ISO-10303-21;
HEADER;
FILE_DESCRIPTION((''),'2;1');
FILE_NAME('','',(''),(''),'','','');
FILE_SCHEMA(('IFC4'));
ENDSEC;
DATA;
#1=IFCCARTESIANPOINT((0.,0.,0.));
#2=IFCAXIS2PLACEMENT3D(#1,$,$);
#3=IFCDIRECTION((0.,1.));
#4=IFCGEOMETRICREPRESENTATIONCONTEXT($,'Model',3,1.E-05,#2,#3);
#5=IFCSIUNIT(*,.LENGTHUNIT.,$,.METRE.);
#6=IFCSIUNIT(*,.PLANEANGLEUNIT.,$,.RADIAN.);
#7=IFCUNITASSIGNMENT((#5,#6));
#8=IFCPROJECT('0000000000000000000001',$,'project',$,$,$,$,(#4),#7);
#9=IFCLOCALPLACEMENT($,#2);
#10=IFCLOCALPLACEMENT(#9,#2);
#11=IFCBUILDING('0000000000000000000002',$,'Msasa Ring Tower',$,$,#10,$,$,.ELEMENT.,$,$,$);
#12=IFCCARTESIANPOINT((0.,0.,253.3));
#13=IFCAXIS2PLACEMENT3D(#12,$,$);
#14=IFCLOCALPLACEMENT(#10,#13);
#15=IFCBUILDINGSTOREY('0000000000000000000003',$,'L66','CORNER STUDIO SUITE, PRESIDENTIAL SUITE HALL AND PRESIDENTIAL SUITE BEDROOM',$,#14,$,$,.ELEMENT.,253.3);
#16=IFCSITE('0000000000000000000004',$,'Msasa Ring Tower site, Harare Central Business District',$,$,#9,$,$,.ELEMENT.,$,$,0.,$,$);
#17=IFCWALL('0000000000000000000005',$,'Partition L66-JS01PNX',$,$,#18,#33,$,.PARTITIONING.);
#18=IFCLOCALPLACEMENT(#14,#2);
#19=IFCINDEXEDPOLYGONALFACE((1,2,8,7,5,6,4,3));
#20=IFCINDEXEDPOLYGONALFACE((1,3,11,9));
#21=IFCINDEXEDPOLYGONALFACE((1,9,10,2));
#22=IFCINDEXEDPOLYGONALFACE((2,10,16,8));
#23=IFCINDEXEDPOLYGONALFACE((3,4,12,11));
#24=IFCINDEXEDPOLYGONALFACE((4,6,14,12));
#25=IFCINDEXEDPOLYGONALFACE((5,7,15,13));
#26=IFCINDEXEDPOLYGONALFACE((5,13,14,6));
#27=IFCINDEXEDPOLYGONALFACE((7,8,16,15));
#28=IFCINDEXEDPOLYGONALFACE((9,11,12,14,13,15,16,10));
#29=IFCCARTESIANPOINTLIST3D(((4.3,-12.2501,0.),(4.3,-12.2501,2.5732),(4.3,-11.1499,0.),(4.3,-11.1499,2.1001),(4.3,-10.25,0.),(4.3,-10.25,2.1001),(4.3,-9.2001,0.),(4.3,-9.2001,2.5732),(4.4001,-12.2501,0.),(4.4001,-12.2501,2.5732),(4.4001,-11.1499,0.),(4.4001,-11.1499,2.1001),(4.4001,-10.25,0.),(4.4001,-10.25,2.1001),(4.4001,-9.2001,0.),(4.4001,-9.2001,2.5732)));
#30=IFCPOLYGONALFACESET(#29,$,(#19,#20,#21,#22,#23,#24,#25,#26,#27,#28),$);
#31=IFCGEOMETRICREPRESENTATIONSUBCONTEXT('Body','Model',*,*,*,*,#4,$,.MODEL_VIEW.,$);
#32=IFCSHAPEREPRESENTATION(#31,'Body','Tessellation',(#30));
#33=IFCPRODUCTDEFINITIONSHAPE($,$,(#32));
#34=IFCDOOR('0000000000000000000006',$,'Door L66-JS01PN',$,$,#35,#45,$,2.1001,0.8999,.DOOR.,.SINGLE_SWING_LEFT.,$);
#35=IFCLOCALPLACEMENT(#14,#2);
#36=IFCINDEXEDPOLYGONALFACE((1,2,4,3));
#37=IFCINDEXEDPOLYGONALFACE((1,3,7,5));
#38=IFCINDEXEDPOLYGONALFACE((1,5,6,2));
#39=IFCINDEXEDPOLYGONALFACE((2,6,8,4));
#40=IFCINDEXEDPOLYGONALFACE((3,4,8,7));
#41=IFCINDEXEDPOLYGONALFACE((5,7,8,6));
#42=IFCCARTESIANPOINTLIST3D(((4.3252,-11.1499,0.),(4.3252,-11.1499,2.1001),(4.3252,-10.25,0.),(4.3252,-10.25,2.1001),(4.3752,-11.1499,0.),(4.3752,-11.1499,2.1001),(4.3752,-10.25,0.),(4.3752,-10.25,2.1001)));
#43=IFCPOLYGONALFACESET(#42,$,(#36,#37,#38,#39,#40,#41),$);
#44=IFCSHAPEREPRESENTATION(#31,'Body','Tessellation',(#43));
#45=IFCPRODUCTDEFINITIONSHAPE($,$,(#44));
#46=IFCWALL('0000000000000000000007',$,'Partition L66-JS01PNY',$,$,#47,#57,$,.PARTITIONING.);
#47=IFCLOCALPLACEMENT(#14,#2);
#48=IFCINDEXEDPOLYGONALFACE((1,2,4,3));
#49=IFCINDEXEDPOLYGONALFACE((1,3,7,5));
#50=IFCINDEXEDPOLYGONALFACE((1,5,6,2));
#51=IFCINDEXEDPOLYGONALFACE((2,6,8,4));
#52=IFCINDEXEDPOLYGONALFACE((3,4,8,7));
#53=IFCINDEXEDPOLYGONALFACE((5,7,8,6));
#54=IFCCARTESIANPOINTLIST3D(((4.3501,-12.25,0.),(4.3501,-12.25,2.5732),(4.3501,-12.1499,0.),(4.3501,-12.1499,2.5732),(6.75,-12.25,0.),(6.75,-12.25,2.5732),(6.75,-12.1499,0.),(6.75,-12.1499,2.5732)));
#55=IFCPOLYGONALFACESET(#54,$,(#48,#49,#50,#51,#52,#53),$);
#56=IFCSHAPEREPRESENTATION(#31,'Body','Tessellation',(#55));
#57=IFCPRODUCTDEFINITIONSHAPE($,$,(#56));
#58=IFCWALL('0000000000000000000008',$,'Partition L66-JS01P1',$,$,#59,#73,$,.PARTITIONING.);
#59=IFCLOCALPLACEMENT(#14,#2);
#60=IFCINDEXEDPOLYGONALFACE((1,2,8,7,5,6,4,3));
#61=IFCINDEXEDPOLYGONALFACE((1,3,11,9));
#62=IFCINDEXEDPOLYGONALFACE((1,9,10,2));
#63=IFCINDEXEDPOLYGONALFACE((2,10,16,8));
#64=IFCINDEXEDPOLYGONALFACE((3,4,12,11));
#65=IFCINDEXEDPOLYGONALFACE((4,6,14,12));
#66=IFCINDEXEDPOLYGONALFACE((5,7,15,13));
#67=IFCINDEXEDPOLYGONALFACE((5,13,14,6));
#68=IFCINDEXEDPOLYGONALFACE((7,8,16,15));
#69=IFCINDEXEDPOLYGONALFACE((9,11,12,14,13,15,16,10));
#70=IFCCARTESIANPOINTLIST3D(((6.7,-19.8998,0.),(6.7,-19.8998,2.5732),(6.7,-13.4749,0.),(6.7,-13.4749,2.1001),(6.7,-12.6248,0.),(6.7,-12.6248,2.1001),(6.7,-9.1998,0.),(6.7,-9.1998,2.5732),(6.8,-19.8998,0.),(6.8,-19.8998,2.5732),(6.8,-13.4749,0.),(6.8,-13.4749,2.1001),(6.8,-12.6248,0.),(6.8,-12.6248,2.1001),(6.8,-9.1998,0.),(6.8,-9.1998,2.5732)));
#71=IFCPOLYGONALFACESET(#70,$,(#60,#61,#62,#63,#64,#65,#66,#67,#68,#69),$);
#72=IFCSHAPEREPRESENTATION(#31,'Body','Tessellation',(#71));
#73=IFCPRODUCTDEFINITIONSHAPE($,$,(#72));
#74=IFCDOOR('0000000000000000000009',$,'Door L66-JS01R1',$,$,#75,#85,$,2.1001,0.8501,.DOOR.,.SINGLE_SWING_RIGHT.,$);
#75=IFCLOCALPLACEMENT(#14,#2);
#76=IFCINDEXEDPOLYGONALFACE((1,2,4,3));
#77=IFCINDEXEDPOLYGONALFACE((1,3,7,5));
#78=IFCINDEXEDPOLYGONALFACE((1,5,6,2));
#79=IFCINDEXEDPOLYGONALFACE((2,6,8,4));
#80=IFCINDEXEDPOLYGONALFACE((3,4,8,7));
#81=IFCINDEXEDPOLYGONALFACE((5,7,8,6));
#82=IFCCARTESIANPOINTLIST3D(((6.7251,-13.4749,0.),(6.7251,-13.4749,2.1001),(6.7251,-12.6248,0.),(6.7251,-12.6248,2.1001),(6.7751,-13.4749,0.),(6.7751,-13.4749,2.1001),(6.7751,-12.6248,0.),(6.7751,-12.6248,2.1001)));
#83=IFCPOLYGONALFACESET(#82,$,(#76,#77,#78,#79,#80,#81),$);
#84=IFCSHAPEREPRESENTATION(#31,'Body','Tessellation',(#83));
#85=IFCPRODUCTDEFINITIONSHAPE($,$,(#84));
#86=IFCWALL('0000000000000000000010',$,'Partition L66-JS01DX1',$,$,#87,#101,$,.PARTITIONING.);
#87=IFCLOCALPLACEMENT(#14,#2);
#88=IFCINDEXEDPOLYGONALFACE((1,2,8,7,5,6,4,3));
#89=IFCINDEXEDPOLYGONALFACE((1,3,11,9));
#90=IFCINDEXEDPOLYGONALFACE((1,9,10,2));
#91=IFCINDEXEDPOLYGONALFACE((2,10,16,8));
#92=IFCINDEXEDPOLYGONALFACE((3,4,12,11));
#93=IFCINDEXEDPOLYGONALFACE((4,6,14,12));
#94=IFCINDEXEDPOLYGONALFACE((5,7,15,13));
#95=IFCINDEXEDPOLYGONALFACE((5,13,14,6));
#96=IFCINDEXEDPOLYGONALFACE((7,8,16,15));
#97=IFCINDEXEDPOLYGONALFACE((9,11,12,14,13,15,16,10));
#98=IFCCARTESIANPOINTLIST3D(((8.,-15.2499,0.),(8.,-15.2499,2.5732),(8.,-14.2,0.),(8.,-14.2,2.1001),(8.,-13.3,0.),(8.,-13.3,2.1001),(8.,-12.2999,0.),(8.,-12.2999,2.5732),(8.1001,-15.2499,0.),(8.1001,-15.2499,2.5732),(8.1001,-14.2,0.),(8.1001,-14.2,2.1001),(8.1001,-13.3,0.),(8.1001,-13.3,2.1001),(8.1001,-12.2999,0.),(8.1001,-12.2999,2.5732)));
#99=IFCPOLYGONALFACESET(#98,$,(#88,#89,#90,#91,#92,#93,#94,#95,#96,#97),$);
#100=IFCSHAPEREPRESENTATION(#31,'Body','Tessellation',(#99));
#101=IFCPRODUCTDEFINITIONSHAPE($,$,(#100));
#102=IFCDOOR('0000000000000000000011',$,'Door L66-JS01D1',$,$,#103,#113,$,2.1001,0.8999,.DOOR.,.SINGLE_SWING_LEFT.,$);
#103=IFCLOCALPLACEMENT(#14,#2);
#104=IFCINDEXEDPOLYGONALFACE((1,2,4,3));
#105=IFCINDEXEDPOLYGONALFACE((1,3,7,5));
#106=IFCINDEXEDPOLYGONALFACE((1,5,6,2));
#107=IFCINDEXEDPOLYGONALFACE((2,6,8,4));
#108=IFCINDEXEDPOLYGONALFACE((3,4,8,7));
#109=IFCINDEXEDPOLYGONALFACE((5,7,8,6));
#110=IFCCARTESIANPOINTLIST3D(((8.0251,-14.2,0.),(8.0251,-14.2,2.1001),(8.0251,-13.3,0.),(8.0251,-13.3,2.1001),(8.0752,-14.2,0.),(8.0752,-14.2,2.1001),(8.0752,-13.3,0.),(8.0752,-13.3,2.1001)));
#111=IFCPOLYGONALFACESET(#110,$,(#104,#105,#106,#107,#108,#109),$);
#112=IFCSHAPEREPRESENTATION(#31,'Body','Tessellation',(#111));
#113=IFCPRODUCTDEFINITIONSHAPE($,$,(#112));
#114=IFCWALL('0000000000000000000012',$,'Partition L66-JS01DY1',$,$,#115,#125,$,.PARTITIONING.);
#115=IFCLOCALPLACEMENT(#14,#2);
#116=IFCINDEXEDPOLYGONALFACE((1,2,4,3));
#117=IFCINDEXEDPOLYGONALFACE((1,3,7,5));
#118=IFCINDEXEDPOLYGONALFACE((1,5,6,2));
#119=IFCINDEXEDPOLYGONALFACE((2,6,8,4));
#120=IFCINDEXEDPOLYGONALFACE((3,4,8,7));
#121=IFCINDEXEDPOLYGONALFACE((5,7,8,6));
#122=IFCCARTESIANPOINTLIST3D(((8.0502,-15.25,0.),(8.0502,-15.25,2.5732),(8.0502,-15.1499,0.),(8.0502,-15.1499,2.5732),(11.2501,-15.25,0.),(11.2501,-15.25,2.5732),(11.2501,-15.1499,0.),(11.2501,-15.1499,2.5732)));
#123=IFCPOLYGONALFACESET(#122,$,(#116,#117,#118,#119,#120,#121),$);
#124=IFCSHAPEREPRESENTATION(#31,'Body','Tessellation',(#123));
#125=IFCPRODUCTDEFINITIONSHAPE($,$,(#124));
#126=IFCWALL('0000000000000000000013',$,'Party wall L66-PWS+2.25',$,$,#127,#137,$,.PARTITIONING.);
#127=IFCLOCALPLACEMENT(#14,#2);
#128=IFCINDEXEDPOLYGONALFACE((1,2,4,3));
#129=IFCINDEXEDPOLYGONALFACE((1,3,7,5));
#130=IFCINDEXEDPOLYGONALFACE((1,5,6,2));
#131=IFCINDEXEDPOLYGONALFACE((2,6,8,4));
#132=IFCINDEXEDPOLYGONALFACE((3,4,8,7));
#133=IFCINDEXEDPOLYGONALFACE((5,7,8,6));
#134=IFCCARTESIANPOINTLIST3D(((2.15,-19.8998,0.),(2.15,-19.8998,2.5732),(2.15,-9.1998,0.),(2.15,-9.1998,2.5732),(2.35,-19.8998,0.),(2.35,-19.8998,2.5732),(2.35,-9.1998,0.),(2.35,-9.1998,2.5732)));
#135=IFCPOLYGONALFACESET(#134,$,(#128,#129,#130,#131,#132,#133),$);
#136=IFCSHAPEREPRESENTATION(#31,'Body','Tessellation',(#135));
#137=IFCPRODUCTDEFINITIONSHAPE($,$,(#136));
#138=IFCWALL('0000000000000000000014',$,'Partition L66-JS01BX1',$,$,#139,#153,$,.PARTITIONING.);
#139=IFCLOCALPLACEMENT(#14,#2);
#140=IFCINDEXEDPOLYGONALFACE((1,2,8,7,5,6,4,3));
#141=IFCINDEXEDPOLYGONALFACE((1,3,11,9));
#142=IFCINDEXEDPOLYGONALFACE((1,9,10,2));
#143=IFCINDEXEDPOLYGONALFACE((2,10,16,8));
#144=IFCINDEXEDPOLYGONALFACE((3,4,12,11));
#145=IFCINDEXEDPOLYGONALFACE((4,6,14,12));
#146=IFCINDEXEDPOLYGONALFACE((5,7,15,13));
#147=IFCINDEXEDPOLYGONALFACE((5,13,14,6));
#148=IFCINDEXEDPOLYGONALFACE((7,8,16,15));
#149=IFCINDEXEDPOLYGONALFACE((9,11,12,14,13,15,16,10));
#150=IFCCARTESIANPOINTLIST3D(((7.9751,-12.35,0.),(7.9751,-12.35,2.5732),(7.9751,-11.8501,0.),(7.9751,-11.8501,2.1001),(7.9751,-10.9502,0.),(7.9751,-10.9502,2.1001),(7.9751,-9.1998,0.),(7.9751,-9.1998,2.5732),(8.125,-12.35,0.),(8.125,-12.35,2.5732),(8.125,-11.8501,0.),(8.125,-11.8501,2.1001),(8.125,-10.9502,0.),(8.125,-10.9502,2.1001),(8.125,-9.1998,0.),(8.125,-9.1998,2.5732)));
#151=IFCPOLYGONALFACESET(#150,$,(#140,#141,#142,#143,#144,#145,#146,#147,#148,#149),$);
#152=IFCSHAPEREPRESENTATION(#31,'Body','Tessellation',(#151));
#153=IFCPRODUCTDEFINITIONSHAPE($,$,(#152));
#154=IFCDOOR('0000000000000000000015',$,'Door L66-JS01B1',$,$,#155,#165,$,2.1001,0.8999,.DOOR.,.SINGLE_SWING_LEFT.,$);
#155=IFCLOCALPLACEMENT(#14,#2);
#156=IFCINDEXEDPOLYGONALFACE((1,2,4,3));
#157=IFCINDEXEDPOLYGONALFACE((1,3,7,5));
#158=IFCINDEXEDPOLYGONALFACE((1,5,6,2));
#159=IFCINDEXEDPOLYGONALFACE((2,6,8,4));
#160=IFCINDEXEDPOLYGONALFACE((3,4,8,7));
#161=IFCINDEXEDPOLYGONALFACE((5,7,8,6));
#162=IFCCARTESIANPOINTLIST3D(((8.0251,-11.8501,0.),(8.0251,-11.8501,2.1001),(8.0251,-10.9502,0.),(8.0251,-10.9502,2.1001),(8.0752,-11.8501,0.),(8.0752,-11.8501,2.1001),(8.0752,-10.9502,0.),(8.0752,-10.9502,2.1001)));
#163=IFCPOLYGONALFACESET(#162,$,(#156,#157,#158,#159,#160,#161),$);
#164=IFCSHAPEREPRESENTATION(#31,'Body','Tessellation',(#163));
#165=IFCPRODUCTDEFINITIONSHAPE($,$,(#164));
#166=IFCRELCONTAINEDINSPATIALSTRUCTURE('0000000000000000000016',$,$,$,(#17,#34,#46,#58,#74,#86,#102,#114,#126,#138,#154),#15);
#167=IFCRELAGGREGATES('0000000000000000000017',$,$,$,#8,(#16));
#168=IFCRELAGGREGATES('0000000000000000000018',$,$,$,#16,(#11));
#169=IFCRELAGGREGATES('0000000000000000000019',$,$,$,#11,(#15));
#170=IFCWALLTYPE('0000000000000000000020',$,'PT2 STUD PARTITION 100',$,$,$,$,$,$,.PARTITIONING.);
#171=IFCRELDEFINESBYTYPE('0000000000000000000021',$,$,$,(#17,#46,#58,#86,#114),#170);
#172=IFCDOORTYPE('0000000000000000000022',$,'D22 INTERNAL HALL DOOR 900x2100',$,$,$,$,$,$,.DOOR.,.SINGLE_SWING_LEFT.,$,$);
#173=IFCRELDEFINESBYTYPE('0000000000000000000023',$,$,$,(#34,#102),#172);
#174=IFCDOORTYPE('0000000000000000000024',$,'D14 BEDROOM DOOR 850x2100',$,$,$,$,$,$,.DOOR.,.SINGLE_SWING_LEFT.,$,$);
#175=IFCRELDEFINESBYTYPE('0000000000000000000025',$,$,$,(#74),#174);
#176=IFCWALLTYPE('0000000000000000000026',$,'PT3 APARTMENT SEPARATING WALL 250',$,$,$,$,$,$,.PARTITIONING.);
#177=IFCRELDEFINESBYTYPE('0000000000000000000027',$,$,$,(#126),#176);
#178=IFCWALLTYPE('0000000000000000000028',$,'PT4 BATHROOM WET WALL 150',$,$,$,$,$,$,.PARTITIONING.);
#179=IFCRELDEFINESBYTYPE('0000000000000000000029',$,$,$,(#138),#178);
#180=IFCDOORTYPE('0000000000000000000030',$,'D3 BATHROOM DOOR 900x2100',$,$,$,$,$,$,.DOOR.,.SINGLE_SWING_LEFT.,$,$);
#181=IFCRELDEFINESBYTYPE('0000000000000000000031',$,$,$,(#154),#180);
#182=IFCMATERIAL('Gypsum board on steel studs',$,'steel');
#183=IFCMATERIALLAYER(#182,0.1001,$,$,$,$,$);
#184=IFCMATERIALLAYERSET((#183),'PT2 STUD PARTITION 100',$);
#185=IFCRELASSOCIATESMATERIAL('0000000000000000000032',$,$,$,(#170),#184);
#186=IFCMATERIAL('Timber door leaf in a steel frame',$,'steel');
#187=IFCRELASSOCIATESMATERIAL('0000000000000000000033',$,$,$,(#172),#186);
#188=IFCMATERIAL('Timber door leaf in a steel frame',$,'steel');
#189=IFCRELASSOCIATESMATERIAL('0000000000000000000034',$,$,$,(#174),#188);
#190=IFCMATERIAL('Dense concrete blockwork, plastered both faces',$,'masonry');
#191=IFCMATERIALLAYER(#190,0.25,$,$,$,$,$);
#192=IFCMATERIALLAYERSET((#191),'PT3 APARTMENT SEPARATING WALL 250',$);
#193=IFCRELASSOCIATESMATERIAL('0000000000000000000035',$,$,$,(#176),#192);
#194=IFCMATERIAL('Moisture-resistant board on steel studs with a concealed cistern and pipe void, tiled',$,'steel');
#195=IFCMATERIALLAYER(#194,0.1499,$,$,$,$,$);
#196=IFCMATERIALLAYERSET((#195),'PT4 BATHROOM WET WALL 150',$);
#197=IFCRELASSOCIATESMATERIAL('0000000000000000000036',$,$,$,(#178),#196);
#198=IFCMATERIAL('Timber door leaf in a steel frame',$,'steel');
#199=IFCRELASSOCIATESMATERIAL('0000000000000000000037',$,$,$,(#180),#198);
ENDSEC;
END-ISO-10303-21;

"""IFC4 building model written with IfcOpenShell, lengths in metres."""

from ifc_helpers import new_model, si_unit, direction, frame, frame_2d, origin, place, context, subcontext, project, spatial, rectangle, extrude, material, layer, layer_set, type_object, element, fill, save


model = new_model("IFC4")

# Units and contexts
model_context = context("Model", 3, precision=1e-05, world=origin(), true_north=direction((0.0, 1.0)))
body_context = subcontext(model_context, "Body", "Model", "MODEL_VIEW")
ifc_project = project(units=[si_unit("LENGTHUNIT", "METRE"), si_unit("PLANEANGLEUNIT", "RADIAN")], contexts=[model_context])

# Site, building, storey
site_placement = place(None, origin())
site = spatial("IfcSite", under=ifc_project, at=site_placement, Name="Msasa Ring Tower site, Harare Central Business District", CompositionType="ELEMENT", RefElevation=0.0)
building_placement = place(site_placement, origin())
building = spatial("IfcBuilding", under=site, at=building_placement, Name="Msasa Ring Tower", CompositionType="ELEMENT")
storey_placement = place(building_placement, frame((0.0, 0.0, 253.3)))
storey = spatial("IfcBuildingStorey", under=building, at=storey_placement, Name="L66", Description="CORNER STUDIO SUITE, PRESIDENTIAL SUITE HALL AND PRESIDENTIAL SUITE BEDROOM", CompositionType="ELEMENT", Elevation=253.3)

# Wall, opening, door
ifc_material_1 = material(Name="Gypsum board on steel studs", Category="steel")
ifc_layer_1 = layer(ifc_material_1, 0.1001)
ifc_layer_set_1 = layer_set([ifc_layer_1], Name="PT2 STUD PARTITION 100")
wall_type_1 = type_object("IfcWallType", Name="PT2 STUD PARTITION 100", PredefinedType="PARTITIONING", material=ifc_layer_set_1)
wall_1_placement = place(storey_placement, frame((4.3501, -12.25, 0.0), z_axis=(0.0, 0.0, 1.0), x_axis=(0.0, 1.0, 0.0)))
wall_1 = element("IfcWall", 1, at=wall_1_placement, inside=storey, type_object=wall_type_1, Name="Partition L66-JS01PNX", PredefinedType="PARTITIONING", context=body_context, shape_type="SweptSolid", body=[
    extrude(rectangle(XDim=3.05, YDim=0.1001, at=frame_2d((1.5249, 0.0))), origin(), (0.0, 0.0, 1.0), 2.5732),
])
opening_1_placement = place(wall_1_placement, frame((1.1001, 0.0, 0.0)))
opening_1 = element("IfcOpeningElement", 2, at=opening_1_placement, cuts=wall_1, PredefinedType="OPENING", context=body_context, shape_type="SweptSolid", body=[
    extrude(rectangle(XDim=0.8999, YDim=2.1001, at=frame_2d((0.45, 1.05))), frame((0.0, 0.0601, 0.0), z_axis=(0.0, -1.0, 0.0), x_axis=(1.0, 0.0, 0.0)), (0.0, 0.0, 1.0), 0.1201),
])
ifc_material_2 = material(Name="Timber door leaf in a steel frame", Category="steel")
door_type_1 = type_object("IfcDoorType", Name="D22 INTERNAL HALL DOOR 900x2100", OperationType="SINGLE_SWING_LEFT", PredefinedType="DOOR", material=ifc_material_2)
door_1_placement = place(opening_1_placement, origin())
door_1 = element("IfcDoor", 3, at=door_1_placement, inside=storey, type_object=door_type_1, Name="Door L66-JS01PN", OperationType="SINGLE_SWING_LEFT", OverallHeight=2.1001, OverallWidth=0.8999, PredefinedType="DOOR", context=body_context, shape_type="SweptSolid", body=[
    extrude(rectangle(XDim=0.8999, YDim=2.1001, at=frame_2d((0.45, 1.05))), frame((0.0, 0.0249, 0.0), z_axis=(0.0, -1.0, 0.0), x_axis=(1.0, 0.0, 0.0)), (0.0, 0.0, 1.0), 0.05),
])
fill(opening_1, door_1)

# Wall
wall_2_placement = place(storey_placement, frame((4.3501, -12.2, 0.0), z_axis=(0.0, 0.0, 1.0), x_axis=(1.0, 0.0, 0.0)))
element("IfcWall", 4, at=wall_2_placement, inside=storey, type_object=wall_type_1, Name="Partition L66-JS01PNY", PredefinedType="PARTITIONING", context=body_context, shape_type="SweptSolid", body=[
    extrude(rectangle(XDim=2.3999, YDim=0.1001, at=frame_2d((1.2, 0.0))), origin(), (0.0, 0.0, 1.0), 2.5732),
])

# Walls, openings, doors
wall_3_placement = place(storey_placement, frame((6.75, -19.8999, 0.0), z_axis=(0.0, 0.0, 1.0), x_axis=(0.0, 1.0, 0.0)))
wall_3 = element("IfcWall", 5, at=wall_3_placement, inside=storey, type_object=wall_type_1, Name="Partition L66-JS01P1", PredefinedType="PARTITIONING", context=body_context, shape_type="SweptSolid", body=[
    extrude(rectangle(XDim=10.7, YDim=0.1001, at=frame_2d((5.3501, 0.0))), origin(), (0.0, 0.0, 1.0), 2.5732),
])
opening_2_placement = place(wall_3_placement, frame((6.425, 0.0, 0.0)))
opening_2 = element("IfcOpeningElement", 6, at=opening_2_placement, cuts=wall_3, PredefinedType="OPENING", context=body_context, shape_type="SweptSolid", body=[
    extrude(rectangle(XDim=0.8501, YDim=2.1001, at=frame_2d((0.425, 1.05))), frame((0.0, 0.0601, 0.0), z_axis=(0.0, -1.0, 0.0), x_axis=(1.0, 0.0, 0.0)), (0.0, 0.0, 1.0), 0.1201),
])
ifc_material_3 = material(Name="Timber door leaf in a steel frame", Category="steel")
door_type_2 = type_object("IfcDoorType", Name="D14 BEDROOM DOOR 850x2100", OperationType="SINGLE_SWING_LEFT", PredefinedType="DOOR", material=ifc_material_3)
door_2_placement = place(opening_2_placement, origin())
door_2 = element("IfcDoor", 7, at=door_2_placement, inside=storey, type_object=door_type_2, Name="Door L66-JS01R1", OperationType="SINGLE_SWING_RIGHT", OverallHeight=2.1001, OverallWidth=0.8501, PredefinedType="DOOR", context=body_context, shape_type="SweptSolid", body=[
    extrude(rectangle(XDim=0.8501, YDim=2.1001, at=frame_2d((0.425, 1.05))), frame((0.0, 0.0249, 0.0), z_axis=(0.0, -1.0, 0.0), x_axis=(1.0, 0.0, 0.0)), (0.0, 0.0, 1.0), 0.05),
])
fill(opening_2, door_2)
wall_4_placement = place(storey_placement, frame((8.05, -15.25, 0.0), z_axis=(0.0, 0.0, 1.0), x_axis=(0.0, 1.0, 0.0)))
wall_4 = element("IfcWall", 8, at=wall_4_placement, inside=storey, type_object=wall_type_1, Name="Partition L66-JS01DX1", PredefinedType="PARTITIONING", context=body_context, shape_type="SweptSolid", body=[
    extrude(rectangle(XDim=2.95, YDim=0.1001, at=frame_2d((1.4751, 0.0))), origin(), (0.0, 0.0, 1.0), 2.5732),
])
opening_3_placement = place(wall_4_placement, frame((1.05, 0.0, 0.0)))
opening_3 = element("IfcOpeningElement", 9, at=opening_3_placement, cuts=wall_4, PredefinedType="OPENING", context=body_context, shape_type="SweptSolid", body=[
    extrude(rectangle(XDim=0.8999, YDim=2.1001, at=frame_2d((0.45, 1.05))), frame((0.0, 0.0601, 0.0), z_axis=(0.0, -1.0, 0.0), x_axis=(1.0, 0.0, 0.0)), (0.0, 0.0, 1.0), 0.1201),
])
door_3_placement = place(opening_3_placement, origin())
door_3 = element("IfcDoor", 10, at=door_3_placement, inside=storey, type_object=door_type_1, Name="Door L66-JS01D1", OperationType="SINGLE_SWING_LEFT", OverallHeight=2.1001, OverallWidth=0.8999, PredefinedType="DOOR", context=body_context, shape_type="SweptSolid", body=[
    extrude(rectangle(XDim=0.8999, YDim=2.1001, at=frame_2d((0.45, 1.05))), frame((0.0, 0.0249, 0.0), z_axis=(0.0, -1.0, 0.0), x_axis=(1.0, 0.0, 0.0)), (0.0, 0.0, 1.0), 0.05),
])
fill(opening_3, door_3)

# Walls
wall_5_placement = place(storey_placement, frame((8.05, -15.2, 0.0), z_axis=(0.0, 0.0, 1.0), x_axis=(1.0, 0.0, 0.0)))
element("IfcWall", 11, at=wall_5_placement, inside=storey, type_object=wall_type_1, Name="Partition L66-JS01DY1", PredefinedType="PARTITIONING", context=body_context, shape_type="SweptSolid", body=[
    extrude(rectangle(XDim=3.2, YDim=0.1001, at=frame_2d((1.6001, 0.0))), origin(), (0.0, 0.0, 1.0), 2.5732),
])
ifc_material_4 = material(Name="Dense concrete blockwork, plastered both faces", Category="masonry")
ifc_layer_2 = layer(ifc_material_4, 0.25)
ifc_layer_set_2 = layer_set([ifc_layer_2], Name="PT3 APARTMENT SEPARATING WALL 250")
wall_type_2 = type_object("IfcWallType", Name="PT3 APARTMENT SEPARATING WALL 250", PredefinedType="PARTITIONING", material=ifc_layer_set_2)
wall_6_placement = place(storey_placement, frame((2.25, -19.8999, 0.0), z_axis=(0.0, 0.0, 1.0), x_axis=(0.0, 1.0, 0.0)))
element("IfcWall", 12, at=wall_6_placement, inside=storey, type_object=wall_type_2, Name="Party wall L66-PWS+2.25", PredefinedType="PARTITIONING", context=body_context, shape_type="SweptSolid", body=[
    extrude(rectangle(XDim=10.7, YDim=0.2, at=frame_2d((5.3501, 0.0))), origin(), (0.0, 0.0, 1.0), 2.5732),
])

# Wall, opening, door
ifc_material_5 = material(Name="Moisture-resistant board on steel studs with a concealed cistern and pipe void, tiled", Category="steel")
ifc_layer_3 = layer(ifc_material_5, 0.1499)
ifc_layer_set_3 = layer_set([ifc_layer_3], Name="PT4 BATHROOM WET WALL 150")
wall_type_3 = type_object("IfcWallType", Name="PT4 BATHROOM WET WALL 150", PredefinedType="PARTITIONING", material=ifc_layer_set_3)
wall_7_placement = place(storey_placement, frame((8.05, -12.3501, 0.0), z_axis=(0.0, 0.0, 1.0), x_axis=(0.0, 1.0, 0.0)))
wall_7 = element("IfcWall", 13, at=wall_7_placement, inside=storey, type_object=wall_type_3, Name="Partition L66-JS01BX1", PredefinedType="PARTITIONING", context=body_context, shape_type="SweptSolid", body=[
    extrude(rectangle(XDim=3.1501, YDim=0.1499, at=frame_2d((1.5752, 0.0))), origin(), (0.0, 0.0, 1.0), 2.5732),
])
opening_4_placement = place(wall_7_placement, frame((0.5, 0.0, 0.0)))
opening_4 = element("IfcOpeningElement", 14, at=opening_4_placement, cuts=wall_7, PredefinedType="OPENING", context=body_context, shape_type="SweptSolid", body=[
    extrude(rectangle(XDim=0.8999, YDim=2.1001, at=frame_2d((0.45, 1.05))), frame((0.0, 0.085, 0.0), z_axis=(0.0, -1.0, 0.0), x_axis=(1.0, 0.0, 0.0)), (0.0, 0.0, 1.0), 0.1699),
])
ifc_material_6 = material(Name="Timber door leaf in a steel frame", Category="steel")
door_type_3 = type_object("IfcDoorType", Name="D3 BATHROOM DOOR 900x2100", OperationType="SINGLE_SWING_LEFT", PredefinedType="DOOR", material=ifc_material_6)
door_4_placement = place(opening_4_placement, origin())
door_4 = element("IfcDoor", 15, at=door_4_placement, inside=storey, type_object=door_type_3, Name="Door L66-JS01B1", OperationType="SINGLE_SWING_LEFT", OverallHeight=2.1001, OverallWidth=0.8999, PredefinedType="DOOR", context=body_context, shape_type="SweptSolid", body=[
    extrude(rectangle(XDim=0.8999, YDim=2.1001, at=frame_2d((0.45, 1.05))), frame((0.0, 0.0249, 0.0), z_axis=(0.0, -1.0, 0.0), x_axis=(1.0, 0.0, 0.0)), (0.0, 0.0, 1.0), 0.05),
])
fill(opening_4, door_4)

save(model, "model.ifc")
